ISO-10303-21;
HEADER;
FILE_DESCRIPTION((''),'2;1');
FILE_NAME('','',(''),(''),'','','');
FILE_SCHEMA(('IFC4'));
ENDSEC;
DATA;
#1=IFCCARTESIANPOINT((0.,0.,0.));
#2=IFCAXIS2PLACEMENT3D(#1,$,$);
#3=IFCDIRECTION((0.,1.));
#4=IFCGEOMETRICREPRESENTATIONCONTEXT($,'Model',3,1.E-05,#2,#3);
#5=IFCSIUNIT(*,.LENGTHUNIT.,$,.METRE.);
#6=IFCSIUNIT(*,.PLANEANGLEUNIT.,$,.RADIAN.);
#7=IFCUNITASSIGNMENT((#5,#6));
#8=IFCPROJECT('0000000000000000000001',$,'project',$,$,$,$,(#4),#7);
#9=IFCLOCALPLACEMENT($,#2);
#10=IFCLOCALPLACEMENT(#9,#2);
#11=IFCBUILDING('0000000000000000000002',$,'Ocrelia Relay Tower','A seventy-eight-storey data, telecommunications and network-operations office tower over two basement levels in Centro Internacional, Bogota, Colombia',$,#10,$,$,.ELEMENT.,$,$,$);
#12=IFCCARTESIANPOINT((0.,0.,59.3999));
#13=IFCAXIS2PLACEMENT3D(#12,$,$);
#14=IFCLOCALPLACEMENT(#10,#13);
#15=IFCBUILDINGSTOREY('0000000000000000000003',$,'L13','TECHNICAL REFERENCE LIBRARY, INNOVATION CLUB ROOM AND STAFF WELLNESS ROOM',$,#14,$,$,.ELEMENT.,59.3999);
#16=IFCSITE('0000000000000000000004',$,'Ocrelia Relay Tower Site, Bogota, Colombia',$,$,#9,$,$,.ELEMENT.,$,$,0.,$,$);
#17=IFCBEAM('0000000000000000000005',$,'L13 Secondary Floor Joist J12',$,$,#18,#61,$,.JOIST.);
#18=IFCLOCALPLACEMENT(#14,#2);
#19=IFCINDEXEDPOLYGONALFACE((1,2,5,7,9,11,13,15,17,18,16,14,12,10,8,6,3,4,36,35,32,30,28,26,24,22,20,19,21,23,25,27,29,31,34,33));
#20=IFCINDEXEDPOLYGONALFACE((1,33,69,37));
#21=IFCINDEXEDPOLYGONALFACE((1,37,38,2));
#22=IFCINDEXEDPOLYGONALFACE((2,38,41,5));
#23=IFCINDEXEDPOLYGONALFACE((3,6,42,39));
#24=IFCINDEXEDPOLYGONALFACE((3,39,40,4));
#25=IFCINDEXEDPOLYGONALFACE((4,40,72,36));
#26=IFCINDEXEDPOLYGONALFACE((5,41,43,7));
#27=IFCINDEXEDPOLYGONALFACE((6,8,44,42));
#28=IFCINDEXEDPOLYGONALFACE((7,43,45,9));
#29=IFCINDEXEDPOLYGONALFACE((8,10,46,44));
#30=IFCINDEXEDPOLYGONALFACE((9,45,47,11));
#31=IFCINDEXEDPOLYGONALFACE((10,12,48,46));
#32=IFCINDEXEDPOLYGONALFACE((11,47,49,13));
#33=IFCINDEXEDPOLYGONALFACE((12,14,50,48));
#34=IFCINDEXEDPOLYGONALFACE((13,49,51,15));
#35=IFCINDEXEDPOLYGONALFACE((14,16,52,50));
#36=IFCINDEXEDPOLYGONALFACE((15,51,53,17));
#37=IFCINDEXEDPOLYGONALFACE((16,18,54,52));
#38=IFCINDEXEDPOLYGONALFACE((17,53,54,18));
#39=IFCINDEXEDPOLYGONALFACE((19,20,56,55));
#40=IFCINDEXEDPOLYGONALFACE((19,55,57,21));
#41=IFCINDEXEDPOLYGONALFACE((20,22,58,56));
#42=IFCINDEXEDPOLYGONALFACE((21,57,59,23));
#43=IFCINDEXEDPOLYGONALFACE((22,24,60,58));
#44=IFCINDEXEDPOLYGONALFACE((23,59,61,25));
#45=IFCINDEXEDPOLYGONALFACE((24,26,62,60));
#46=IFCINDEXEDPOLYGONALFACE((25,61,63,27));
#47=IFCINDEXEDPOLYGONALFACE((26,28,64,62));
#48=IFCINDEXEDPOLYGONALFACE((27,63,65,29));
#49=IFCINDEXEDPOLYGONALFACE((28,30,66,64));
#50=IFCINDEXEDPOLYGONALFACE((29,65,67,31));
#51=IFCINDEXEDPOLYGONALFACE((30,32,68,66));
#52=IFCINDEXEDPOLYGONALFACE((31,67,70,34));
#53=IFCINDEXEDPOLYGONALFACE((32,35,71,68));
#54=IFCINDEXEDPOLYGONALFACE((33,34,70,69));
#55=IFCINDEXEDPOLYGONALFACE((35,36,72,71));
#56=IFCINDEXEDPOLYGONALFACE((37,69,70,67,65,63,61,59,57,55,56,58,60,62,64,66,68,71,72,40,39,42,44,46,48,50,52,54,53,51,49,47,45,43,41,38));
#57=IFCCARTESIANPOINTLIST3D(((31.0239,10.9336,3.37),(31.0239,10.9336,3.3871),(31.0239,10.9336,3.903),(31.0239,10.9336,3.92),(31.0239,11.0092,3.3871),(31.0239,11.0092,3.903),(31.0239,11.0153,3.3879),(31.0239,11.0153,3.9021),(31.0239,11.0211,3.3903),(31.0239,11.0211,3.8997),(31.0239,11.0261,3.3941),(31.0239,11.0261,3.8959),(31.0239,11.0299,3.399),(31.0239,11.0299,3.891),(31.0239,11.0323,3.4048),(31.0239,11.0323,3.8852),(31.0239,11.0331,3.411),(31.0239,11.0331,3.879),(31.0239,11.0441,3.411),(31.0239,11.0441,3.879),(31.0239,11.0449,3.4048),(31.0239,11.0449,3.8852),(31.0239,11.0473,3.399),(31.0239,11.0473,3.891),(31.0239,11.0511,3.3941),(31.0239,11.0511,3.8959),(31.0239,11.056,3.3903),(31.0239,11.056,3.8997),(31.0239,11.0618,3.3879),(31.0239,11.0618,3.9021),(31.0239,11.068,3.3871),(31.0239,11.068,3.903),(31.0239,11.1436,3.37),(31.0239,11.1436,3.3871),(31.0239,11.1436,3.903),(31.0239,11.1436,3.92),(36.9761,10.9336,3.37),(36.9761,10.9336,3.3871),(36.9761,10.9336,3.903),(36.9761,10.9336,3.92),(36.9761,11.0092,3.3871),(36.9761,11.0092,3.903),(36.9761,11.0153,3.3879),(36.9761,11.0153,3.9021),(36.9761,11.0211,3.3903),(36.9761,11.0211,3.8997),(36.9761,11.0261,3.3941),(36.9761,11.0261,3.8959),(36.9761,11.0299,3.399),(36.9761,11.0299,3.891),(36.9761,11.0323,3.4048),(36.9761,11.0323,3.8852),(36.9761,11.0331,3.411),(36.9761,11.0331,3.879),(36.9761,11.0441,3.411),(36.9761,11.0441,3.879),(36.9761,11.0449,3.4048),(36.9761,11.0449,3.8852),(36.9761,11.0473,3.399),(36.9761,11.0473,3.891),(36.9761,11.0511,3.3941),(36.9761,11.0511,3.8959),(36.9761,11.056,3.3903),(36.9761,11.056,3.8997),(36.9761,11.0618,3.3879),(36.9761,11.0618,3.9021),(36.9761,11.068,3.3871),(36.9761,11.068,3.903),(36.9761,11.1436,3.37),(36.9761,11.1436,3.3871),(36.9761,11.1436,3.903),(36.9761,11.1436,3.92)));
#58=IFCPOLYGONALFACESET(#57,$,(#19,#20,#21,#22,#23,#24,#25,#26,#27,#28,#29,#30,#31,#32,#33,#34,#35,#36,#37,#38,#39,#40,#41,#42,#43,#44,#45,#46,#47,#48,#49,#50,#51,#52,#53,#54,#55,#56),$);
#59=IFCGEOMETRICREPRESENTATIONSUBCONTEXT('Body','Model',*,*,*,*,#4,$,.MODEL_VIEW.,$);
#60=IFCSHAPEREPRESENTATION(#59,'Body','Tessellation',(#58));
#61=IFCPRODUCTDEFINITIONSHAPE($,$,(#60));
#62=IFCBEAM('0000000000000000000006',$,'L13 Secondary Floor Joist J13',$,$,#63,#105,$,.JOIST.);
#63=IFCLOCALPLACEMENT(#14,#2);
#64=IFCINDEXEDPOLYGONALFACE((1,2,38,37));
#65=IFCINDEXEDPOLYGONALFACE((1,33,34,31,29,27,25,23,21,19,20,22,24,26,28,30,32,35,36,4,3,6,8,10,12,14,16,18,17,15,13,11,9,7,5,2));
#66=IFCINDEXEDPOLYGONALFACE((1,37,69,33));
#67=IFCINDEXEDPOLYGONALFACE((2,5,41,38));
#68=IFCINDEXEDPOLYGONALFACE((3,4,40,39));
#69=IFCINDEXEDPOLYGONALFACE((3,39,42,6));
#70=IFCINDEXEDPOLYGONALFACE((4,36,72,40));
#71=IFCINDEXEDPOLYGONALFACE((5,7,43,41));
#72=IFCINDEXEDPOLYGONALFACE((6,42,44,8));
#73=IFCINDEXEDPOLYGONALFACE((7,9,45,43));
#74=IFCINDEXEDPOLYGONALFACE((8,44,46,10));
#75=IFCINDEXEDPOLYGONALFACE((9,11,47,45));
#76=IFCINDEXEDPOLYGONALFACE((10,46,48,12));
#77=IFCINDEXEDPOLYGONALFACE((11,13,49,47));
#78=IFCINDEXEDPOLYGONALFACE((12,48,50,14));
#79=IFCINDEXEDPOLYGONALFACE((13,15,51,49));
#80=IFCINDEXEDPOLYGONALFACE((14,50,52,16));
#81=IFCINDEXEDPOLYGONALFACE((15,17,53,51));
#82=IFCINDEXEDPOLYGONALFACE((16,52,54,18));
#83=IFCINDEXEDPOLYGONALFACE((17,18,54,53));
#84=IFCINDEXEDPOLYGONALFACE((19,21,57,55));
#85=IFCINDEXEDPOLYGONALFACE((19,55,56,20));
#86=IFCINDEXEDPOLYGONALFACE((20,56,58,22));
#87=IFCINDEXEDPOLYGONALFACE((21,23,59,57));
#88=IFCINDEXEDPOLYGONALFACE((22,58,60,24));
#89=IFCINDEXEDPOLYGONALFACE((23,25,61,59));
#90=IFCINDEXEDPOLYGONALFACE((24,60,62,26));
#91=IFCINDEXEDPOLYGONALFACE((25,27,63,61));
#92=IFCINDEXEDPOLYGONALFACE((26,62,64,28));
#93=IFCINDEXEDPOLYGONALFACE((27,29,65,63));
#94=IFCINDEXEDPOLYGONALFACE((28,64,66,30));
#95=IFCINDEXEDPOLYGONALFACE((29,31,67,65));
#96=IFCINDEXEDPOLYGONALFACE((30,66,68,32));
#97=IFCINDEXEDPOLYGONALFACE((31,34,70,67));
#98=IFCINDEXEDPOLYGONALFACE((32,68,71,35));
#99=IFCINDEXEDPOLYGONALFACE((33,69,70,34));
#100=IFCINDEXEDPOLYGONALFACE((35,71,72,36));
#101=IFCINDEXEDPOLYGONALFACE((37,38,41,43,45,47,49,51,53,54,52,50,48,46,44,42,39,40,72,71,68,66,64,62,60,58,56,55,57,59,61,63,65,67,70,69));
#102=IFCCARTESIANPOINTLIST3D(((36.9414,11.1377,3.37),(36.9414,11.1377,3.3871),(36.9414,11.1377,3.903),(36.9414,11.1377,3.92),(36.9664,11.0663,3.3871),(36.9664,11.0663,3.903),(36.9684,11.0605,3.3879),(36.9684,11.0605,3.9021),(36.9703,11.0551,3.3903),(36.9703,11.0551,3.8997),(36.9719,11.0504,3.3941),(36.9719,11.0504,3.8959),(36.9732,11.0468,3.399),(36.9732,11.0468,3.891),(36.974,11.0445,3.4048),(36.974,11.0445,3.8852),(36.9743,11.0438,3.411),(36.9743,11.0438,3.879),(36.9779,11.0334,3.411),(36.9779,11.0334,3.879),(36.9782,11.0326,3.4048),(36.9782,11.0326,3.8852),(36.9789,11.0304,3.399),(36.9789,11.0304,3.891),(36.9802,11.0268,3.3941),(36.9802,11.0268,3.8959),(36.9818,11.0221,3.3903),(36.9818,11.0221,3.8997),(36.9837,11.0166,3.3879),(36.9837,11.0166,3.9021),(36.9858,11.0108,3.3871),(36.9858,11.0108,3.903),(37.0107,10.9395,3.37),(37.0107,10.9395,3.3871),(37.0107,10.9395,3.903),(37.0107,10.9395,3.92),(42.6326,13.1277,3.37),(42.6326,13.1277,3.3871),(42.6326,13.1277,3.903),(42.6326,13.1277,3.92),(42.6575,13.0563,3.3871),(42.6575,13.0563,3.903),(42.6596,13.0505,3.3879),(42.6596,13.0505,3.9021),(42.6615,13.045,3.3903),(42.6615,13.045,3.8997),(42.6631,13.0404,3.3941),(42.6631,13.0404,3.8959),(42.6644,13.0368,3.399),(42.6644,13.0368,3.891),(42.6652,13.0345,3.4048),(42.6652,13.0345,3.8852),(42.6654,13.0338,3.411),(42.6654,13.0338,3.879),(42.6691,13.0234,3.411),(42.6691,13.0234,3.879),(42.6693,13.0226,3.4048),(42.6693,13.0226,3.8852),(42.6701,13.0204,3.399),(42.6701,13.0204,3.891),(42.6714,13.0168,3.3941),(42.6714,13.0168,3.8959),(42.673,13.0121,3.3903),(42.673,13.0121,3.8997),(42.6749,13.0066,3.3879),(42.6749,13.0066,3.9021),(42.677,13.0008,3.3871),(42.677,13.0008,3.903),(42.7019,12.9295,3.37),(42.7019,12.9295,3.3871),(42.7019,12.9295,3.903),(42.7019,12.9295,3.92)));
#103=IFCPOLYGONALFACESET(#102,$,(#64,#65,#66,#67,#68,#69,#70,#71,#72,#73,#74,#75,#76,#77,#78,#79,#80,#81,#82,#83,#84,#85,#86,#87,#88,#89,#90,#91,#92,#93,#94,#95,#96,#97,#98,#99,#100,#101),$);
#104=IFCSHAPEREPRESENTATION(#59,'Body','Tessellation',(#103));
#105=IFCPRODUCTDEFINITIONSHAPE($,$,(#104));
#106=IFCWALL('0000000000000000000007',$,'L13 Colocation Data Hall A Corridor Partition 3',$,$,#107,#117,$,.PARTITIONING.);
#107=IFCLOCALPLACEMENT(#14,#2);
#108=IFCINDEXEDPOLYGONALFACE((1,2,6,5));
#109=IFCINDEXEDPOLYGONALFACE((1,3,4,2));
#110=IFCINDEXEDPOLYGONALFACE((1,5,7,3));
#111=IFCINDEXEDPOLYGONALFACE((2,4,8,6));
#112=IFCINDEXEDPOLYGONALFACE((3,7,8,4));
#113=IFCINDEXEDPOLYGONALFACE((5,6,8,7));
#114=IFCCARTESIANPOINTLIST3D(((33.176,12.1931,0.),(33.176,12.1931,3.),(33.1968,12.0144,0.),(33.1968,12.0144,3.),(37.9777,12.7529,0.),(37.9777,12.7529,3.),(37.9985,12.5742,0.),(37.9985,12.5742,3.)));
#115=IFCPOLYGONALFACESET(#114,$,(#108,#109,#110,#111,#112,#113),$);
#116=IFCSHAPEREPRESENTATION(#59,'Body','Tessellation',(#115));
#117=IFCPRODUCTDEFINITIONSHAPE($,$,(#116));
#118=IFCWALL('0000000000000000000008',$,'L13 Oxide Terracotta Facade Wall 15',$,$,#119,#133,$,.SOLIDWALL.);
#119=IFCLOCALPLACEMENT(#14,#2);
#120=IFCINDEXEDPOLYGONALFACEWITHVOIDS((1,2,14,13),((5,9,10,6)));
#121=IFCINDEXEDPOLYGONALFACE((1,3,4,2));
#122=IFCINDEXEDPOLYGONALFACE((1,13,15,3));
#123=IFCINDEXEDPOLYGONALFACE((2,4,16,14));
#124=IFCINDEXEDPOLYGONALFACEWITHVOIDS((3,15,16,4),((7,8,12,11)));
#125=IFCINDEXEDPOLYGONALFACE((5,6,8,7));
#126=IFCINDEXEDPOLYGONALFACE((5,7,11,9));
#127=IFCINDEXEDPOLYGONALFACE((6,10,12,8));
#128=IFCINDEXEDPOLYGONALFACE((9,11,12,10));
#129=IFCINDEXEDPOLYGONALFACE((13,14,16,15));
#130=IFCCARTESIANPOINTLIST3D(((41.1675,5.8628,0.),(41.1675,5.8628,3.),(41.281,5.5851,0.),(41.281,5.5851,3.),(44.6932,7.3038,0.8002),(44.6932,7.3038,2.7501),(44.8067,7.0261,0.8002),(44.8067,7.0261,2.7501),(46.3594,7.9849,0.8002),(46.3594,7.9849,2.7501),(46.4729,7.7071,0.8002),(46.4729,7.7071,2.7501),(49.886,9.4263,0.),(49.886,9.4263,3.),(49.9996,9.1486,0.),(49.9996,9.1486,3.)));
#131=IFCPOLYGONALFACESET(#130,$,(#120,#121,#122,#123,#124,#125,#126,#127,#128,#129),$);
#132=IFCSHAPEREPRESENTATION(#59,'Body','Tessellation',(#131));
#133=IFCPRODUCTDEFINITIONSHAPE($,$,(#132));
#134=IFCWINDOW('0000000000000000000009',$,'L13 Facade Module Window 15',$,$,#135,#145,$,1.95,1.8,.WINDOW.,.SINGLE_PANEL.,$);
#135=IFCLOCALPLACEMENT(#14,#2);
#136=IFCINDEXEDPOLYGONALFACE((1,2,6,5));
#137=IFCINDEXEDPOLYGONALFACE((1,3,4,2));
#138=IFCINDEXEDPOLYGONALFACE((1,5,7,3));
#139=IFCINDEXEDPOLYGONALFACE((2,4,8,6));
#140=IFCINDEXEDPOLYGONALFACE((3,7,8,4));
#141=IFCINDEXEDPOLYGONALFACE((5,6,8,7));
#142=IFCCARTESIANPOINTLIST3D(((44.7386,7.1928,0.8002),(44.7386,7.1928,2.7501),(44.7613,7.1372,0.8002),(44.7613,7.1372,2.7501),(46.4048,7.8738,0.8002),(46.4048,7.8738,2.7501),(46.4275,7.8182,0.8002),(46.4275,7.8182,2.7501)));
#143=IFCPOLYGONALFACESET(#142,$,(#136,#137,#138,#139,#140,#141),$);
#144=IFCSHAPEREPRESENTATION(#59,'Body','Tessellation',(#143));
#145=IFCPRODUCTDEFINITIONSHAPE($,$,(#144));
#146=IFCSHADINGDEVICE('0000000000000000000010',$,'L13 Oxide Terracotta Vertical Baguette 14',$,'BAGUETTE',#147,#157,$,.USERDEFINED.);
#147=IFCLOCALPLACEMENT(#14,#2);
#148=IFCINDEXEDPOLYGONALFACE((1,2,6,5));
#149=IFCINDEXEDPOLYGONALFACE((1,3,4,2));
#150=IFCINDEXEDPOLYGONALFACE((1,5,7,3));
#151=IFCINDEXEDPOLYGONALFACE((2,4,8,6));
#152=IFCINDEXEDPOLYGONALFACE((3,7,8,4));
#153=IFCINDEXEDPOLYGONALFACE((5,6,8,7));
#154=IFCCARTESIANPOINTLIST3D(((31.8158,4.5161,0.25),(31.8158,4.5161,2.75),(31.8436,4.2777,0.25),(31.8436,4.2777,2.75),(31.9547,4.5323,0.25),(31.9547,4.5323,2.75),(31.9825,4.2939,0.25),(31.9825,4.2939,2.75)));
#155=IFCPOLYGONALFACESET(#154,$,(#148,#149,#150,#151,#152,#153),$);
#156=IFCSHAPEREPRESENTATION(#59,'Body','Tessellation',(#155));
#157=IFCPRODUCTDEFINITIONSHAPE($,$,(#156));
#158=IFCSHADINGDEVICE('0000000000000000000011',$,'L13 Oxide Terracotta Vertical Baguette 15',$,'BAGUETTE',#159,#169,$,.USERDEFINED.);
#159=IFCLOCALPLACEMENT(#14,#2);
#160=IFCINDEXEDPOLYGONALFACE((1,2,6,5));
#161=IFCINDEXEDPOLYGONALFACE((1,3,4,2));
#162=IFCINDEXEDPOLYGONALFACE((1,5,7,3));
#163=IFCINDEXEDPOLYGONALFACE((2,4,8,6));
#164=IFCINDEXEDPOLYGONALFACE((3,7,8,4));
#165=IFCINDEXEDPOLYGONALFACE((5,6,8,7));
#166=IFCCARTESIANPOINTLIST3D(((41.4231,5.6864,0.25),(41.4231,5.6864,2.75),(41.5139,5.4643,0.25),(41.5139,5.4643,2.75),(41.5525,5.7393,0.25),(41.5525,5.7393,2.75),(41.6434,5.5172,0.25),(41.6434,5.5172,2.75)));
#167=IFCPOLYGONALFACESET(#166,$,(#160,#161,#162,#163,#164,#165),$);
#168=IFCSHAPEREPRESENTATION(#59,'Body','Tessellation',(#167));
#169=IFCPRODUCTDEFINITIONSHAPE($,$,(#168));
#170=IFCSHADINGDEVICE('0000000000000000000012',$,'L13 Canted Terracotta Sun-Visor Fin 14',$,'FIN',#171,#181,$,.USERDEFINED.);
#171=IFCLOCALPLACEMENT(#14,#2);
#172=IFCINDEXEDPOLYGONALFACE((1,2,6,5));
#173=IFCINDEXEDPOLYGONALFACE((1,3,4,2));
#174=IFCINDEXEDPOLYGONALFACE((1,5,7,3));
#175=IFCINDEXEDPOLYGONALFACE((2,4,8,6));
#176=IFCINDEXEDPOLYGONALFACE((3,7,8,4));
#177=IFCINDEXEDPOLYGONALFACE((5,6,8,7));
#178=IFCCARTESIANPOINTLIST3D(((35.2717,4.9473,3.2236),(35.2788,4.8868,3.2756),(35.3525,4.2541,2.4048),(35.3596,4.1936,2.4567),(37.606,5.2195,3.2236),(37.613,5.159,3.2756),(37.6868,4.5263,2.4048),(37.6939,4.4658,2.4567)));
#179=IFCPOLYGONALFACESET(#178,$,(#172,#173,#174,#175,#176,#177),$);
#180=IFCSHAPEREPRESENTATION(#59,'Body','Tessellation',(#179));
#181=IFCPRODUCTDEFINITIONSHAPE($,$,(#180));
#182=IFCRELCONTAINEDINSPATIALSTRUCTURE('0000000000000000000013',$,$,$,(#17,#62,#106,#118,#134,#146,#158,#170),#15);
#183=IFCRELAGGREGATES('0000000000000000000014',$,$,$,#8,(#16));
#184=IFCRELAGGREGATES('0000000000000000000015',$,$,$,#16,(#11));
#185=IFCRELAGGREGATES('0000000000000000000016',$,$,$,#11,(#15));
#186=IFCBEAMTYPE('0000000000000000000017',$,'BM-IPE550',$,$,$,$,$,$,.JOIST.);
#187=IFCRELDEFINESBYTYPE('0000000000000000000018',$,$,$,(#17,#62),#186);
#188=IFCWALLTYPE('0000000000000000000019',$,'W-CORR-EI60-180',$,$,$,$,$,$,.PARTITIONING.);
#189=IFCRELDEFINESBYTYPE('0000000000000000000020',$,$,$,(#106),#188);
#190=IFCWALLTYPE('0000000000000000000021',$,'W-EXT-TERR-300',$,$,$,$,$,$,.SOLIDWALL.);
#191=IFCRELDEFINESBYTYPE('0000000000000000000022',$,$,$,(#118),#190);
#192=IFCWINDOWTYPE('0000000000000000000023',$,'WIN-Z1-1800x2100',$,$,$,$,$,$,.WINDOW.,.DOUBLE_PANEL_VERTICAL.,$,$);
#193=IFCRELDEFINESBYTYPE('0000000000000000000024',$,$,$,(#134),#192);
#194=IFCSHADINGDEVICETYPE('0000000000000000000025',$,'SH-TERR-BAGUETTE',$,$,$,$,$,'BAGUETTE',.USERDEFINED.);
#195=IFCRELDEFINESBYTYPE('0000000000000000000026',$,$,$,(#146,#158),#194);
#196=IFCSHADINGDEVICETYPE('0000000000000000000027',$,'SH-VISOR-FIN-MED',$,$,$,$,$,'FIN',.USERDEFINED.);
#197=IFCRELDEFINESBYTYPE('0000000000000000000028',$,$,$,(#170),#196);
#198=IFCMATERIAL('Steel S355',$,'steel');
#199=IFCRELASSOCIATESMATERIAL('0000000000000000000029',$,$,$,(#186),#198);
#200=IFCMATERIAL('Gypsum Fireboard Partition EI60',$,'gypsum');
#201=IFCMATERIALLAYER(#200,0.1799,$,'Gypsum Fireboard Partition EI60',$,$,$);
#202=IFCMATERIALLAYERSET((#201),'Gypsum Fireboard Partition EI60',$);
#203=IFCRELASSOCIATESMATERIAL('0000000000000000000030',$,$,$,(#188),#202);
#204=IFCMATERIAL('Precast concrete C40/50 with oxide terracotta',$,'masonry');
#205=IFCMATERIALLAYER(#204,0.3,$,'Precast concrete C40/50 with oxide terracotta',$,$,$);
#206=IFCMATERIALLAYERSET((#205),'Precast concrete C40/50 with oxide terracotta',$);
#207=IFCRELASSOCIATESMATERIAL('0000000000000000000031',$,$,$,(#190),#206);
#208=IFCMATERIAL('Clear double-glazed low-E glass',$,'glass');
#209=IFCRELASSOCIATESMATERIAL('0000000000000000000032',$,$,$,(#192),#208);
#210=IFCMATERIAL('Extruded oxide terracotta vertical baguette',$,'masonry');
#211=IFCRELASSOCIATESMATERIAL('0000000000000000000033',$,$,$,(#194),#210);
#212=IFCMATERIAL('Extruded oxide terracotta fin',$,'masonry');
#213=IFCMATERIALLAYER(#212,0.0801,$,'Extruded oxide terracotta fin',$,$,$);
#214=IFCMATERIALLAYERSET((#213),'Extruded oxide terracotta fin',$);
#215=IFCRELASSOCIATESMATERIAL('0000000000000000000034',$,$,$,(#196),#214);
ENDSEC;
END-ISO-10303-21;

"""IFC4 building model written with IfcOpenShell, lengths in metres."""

from ifc_helpers import new_model, si_unit, direction, frame, frame_2d, origin, origin_2d, place, context, subcontext, project, spatial, rectangle, i_section, extrude, material, layer, layer_set, material_profile, profile_set, type_object, element, fill, save


model = new_model("IFC4")

# Units and contexts
model_context = context("Model", 3, precision=1e-05, world=origin(), true_north=direction((0.0, 1.0)))
body_context = subcontext(model_context, "Body", "Model", "MODEL_VIEW")
ifc_project = project(units=[si_unit("LENGTHUNIT", "METRE"), si_unit("PLANEANGLEUNIT", "RADIAN")], contexts=[model_context])

# Site, building, storey
site_placement = place(None, origin())
site = spatial("IfcSite", under=ifc_project, at=site_placement, Name="Ocrelia Relay Tower Site, Bogota, Colombia", CompositionType="ELEMENT", RefElevation=0.0)
building_placement = place(site_placement, origin())
building = spatial("IfcBuilding", under=site, at=building_placement, Name="Ocrelia Relay Tower", Description="A seventy-eight-storey data, telecommunications and network-operations office tower over two basement levels in Centro Internacional, Bogota, Colombia", CompositionType="ELEMENT")
storey_placement = place(building_placement, frame((0.0, 0.0, 59.3999)))
storey = spatial("IfcBuildingStorey", under=building, at=storey_placement, Name="L13", Description="TECHNICAL REFERENCE LIBRARY, INNOVATION CLUB ROOM AND STAFF WELLNESS ROOM", CompositionType="ELEMENT", Elevation=59.3999)

# Beams
ifc_material_1 = material(Name="Steel S355", Category="steel")
ifc_material_profile_1 = material_profile(ifc_material_1, i_section(OverallWidth=0.21, OverallDepth=0.55, WebThickness=0.011, FlangeThickness=0.0171, FilletRadius=0.0239, at=origin_2d()), Name="IPE 550")
ifc_profile_set_1 = profile_set([ifc_material_profile_1], Name="Steel S355")
beam_type_1 = type_object("IfcBeamType", Name="BM-IPE550", PredefinedType="JOIST", material=ifc_profile_set_1)
beam_1_placement = place(storey_placement, frame((31.0239, 11.0386, 3.645), z_axis=(1.0, 0.0, 0.0), x_axis=(0.0, 1.0, 0.0)))
element("IfcBeam", 1, at=beam_1_placement, inside=storey, type_object=beam_type_1, Name="L13 Secondary Floor Joist J12", PredefinedType="JOIST", context=body_context, shape_type="SweptSolid", body=[
    extrude(i_section(OverallWidth=0.21, OverallDepth=0.55, WebThickness=0.011, FlangeThickness=0.0171, FilletRadius=0.0239, at=origin_2d()), origin(), (0.0, 0.0, 1.0), 5.9521),
])
beam_2_placement = place(storey_placement, frame((36.9761, 11.0386, 3.645), z_axis=(0.943957, 0.330067, 0.0), x_axis=(-0.330067, 0.943957, 0.0)))
element("IfcBeam", 2, at=beam_2_placement, inside=storey, type_object=beam_type_1, Name="L13 Secondary Floor Joist J13", PredefinedType="JOIST", context=body_context, shape_type="SweptSolid", body=[
    extrude(i_section(OverallWidth=0.21, OverallDepth=0.55, WebThickness=0.011, FlangeThickness=0.0171, FilletRadius=0.0239, at=origin_2d()), origin(), (0.0, 0.0, 1.0), 6.0291),
])

# Wall
ifc_material_2 = material(Name="Gypsum Fireboard Partition EI60", Category="gypsum")
ifc_layer_1 = layer(ifc_material_2, 0.1799, Name="Gypsum Fireboard Partition EI60")
ifc_layer_set_1 = layer_set([ifc_layer_1], Name="Gypsum Fireboard Partition EI60")
wall_type_1 = type_object("IfcWallType", Name="W-CORR-EI60-180", PredefinedType="PARTITIONING", material=ifc_layer_set_1)
wall_1_placement = place(storey_placement, frame((33.1865, 12.1038, 0.0), z_axis=(0.0, 0.0, 1.0), x_axis=(0.993272, 0.115801, 0.0)))
element("IfcWall", 3, at=wall_1_placement, inside=storey, type_object=wall_type_1, Name="L13 Colocation Data Hall A Corridor Partition 3", PredefinedType="PARTITIONING", context=body_context, shape_type="SweptSolid", body=[
    extrude(rectangle(XDim=4.8342, YDim=0.1799, at=frame_2d((2.417, 0.0))), origin(), (0.0, 0.0, 1.0), 3.0),
])

# Shared definitions
ifc_material_3 = material(Name="Precast concrete C40/50 with oxide terracotta", Category="masonry")
ifc_layer_2 = layer(ifc_material_3, 0.3, Name="Precast concrete C40/50 with oxide terracotta")
ifc_layer_set_2 = layer_set([ifc_layer_2], Name="Precast concrete C40/50 with oxide terracotta")
wall_type_2 = type_object("IfcWallType", Name="W-EXT-TERR-300", PredefinedType="SOLIDWALL", material=ifc_layer_set_2)

# Wall, opening, window
wall_2_placement = place(storey_placement, frame((41.2241, 5.7239, 0.0), z_axis=(0.0, 0.0, 1.0), x_axis=(0.925665, 0.378343, 0.0)))
wall_2 = element("IfcWall", 4, at=wall_2_placement, inside=storey, type_object=wall_type_2, Name="L13 Oxide Terracotta Facade Wall 15", PredefinedType="SOLIDWALL", context=body_context, shape_type="SweptSolid", body=[
    extrude(rectangle(XDim=9.4187, YDim=0.3, at=frame_2d((4.7095, 0.0))), origin(), (0.0, 0.0, 1.0), 3.0),
])
opening_1_placement = place(wall_2_placement, frame((3.8091, 0.0, 0.8)))
opening_1 = element("IfcOpeningElement", 5, at=opening_1_placement, cuts=wall_2, PredefinedType="OPENING", context=body_context, shape_type="SweptSolid", body=[
    extrude(rectangle(XDim=1.8, YDim=1.95, at=frame_2d((0.8999, 0.9751))), frame((0.0, 0.1602, 0.0), z_axis=(0.0, -1.0, 0.0), x_axis=(1.0, 0.0, 0.0)), (0.0, 0.0, 1.0), 0.3201),
])
ifc_material_4 = material(Name="Clear double-glazed low-E glass", Category="glass")
window_type = type_object("IfcWindowType", Name="WIN-Z1-1800x2100", PartitioningType="DOUBLE_PANEL_VERTICAL", PredefinedType="WINDOW", material=ifc_material_4)
window_placement = place(opening_1_placement, origin())
window = element("IfcWindow", 6, at=window_placement, inside=storey, type_object=window_type, Name="L13 Facade Module Window 15", OverallHeight=1.95, OverallWidth=1.8, PartitioningType="SINGLE_PANEL", PredefinedType="WINDOW", context=body_context, shape_type="SweptSolid", body=[
    extrude(rectangle(XDim=1.8, YDim=1.95, at=frame_2d((0.8999, 0.9751))), frame((0.0, 0.03, 0.0), z_axis=(0.0, -1.0, 0.0), x_axis=(1.0, 0.0, 0.0)), (0.0, 0.0, 1.0), 0.0601),
])
fill(opening_1, window)

# Shading devices
ifc_material_5 = material(Name="Extruded oxide terracotta vertical baguette", Category="masonry")
shading_device_type_1 = type_object("IfcShadingDeviceType", Name="SH-TERR-BAGUETTE", ElementType="BAGUETTE", PredefinedType="USERDEFINED", material=ifc_material_5)
for number, where, z_axis, x_axis, name in (
    (7, (31.8992, 4.405, 0.25), (0.0, 0.0, 1.0), (0.993272, 0.115807, 0.0), "L13 Oxide Terracotta Vertical Baguette 14"),
    (8, (41.5332, 5.6018, 0.25), (0.0, 0.0, 1.0), (0.925661, 0.378355, 0.0), "L13 Oxide Terracotta Vertical Baguette 15"),
):
    element("IfcShadingDevice", number, at=place(storey_placement, frame(where, z_axis=z_axis, x_axis=x_axis)), inside=storey, type_object=shading_device_type_1, Name=name, ObjectType="BAGUETTE", PredefinedType="USERDEFINED", context=body_context, shape_type="SweptSolid", body=[
        extrude(rectangle(XDim=0.1399, YDim=0.24, at=origin_2d()), origin(), (0.0, 0.0, 1.0), 2.5),
    ])
ifc_material_6 = material(Name="Extruded oxide terracotta fin", Category="masonry")
ifc_layer_3 = layer(ifc_material_6, 0.0801, Name="Extruded oxide terracotta fin")
ifc_layer_set_3 = layer_set([ifc_layer_3], Name="Extruded oxide terracotta fin")
shading_device_type_2 = type_object("IfcShadingDeviceType", Name="SH-VISOR-FIN-MED", ElementType="FIN", PredefinedType="USERDEFINED", material=ifc_layer_set_3)
shading_device_placement = place(storey_placement, frame((36.4792, 4.7368, 2.8142), z_axis=(0.088139, -0.755965, 0.648651), x_axis=(0.993272, 0.115807, 0.0)))
element("IfcShadingDevice", 9, at=shading_device_placement, inside=storey, type_object=shading_device_type_2, Name="L13 Canted Terracotta Sun-Visor Fin 14", ObjectType="FIN", PredefinedType="USERDEFINED", context=body_context, shape_type="SweptSolid", body=[
    extrude(rectangle(XDim=2.3501, YDim=1.0759, at=origin_2d()), origin(), (0.0, 0.0, 1.0), 0.0801),
])

save(model, "model.ifc")
